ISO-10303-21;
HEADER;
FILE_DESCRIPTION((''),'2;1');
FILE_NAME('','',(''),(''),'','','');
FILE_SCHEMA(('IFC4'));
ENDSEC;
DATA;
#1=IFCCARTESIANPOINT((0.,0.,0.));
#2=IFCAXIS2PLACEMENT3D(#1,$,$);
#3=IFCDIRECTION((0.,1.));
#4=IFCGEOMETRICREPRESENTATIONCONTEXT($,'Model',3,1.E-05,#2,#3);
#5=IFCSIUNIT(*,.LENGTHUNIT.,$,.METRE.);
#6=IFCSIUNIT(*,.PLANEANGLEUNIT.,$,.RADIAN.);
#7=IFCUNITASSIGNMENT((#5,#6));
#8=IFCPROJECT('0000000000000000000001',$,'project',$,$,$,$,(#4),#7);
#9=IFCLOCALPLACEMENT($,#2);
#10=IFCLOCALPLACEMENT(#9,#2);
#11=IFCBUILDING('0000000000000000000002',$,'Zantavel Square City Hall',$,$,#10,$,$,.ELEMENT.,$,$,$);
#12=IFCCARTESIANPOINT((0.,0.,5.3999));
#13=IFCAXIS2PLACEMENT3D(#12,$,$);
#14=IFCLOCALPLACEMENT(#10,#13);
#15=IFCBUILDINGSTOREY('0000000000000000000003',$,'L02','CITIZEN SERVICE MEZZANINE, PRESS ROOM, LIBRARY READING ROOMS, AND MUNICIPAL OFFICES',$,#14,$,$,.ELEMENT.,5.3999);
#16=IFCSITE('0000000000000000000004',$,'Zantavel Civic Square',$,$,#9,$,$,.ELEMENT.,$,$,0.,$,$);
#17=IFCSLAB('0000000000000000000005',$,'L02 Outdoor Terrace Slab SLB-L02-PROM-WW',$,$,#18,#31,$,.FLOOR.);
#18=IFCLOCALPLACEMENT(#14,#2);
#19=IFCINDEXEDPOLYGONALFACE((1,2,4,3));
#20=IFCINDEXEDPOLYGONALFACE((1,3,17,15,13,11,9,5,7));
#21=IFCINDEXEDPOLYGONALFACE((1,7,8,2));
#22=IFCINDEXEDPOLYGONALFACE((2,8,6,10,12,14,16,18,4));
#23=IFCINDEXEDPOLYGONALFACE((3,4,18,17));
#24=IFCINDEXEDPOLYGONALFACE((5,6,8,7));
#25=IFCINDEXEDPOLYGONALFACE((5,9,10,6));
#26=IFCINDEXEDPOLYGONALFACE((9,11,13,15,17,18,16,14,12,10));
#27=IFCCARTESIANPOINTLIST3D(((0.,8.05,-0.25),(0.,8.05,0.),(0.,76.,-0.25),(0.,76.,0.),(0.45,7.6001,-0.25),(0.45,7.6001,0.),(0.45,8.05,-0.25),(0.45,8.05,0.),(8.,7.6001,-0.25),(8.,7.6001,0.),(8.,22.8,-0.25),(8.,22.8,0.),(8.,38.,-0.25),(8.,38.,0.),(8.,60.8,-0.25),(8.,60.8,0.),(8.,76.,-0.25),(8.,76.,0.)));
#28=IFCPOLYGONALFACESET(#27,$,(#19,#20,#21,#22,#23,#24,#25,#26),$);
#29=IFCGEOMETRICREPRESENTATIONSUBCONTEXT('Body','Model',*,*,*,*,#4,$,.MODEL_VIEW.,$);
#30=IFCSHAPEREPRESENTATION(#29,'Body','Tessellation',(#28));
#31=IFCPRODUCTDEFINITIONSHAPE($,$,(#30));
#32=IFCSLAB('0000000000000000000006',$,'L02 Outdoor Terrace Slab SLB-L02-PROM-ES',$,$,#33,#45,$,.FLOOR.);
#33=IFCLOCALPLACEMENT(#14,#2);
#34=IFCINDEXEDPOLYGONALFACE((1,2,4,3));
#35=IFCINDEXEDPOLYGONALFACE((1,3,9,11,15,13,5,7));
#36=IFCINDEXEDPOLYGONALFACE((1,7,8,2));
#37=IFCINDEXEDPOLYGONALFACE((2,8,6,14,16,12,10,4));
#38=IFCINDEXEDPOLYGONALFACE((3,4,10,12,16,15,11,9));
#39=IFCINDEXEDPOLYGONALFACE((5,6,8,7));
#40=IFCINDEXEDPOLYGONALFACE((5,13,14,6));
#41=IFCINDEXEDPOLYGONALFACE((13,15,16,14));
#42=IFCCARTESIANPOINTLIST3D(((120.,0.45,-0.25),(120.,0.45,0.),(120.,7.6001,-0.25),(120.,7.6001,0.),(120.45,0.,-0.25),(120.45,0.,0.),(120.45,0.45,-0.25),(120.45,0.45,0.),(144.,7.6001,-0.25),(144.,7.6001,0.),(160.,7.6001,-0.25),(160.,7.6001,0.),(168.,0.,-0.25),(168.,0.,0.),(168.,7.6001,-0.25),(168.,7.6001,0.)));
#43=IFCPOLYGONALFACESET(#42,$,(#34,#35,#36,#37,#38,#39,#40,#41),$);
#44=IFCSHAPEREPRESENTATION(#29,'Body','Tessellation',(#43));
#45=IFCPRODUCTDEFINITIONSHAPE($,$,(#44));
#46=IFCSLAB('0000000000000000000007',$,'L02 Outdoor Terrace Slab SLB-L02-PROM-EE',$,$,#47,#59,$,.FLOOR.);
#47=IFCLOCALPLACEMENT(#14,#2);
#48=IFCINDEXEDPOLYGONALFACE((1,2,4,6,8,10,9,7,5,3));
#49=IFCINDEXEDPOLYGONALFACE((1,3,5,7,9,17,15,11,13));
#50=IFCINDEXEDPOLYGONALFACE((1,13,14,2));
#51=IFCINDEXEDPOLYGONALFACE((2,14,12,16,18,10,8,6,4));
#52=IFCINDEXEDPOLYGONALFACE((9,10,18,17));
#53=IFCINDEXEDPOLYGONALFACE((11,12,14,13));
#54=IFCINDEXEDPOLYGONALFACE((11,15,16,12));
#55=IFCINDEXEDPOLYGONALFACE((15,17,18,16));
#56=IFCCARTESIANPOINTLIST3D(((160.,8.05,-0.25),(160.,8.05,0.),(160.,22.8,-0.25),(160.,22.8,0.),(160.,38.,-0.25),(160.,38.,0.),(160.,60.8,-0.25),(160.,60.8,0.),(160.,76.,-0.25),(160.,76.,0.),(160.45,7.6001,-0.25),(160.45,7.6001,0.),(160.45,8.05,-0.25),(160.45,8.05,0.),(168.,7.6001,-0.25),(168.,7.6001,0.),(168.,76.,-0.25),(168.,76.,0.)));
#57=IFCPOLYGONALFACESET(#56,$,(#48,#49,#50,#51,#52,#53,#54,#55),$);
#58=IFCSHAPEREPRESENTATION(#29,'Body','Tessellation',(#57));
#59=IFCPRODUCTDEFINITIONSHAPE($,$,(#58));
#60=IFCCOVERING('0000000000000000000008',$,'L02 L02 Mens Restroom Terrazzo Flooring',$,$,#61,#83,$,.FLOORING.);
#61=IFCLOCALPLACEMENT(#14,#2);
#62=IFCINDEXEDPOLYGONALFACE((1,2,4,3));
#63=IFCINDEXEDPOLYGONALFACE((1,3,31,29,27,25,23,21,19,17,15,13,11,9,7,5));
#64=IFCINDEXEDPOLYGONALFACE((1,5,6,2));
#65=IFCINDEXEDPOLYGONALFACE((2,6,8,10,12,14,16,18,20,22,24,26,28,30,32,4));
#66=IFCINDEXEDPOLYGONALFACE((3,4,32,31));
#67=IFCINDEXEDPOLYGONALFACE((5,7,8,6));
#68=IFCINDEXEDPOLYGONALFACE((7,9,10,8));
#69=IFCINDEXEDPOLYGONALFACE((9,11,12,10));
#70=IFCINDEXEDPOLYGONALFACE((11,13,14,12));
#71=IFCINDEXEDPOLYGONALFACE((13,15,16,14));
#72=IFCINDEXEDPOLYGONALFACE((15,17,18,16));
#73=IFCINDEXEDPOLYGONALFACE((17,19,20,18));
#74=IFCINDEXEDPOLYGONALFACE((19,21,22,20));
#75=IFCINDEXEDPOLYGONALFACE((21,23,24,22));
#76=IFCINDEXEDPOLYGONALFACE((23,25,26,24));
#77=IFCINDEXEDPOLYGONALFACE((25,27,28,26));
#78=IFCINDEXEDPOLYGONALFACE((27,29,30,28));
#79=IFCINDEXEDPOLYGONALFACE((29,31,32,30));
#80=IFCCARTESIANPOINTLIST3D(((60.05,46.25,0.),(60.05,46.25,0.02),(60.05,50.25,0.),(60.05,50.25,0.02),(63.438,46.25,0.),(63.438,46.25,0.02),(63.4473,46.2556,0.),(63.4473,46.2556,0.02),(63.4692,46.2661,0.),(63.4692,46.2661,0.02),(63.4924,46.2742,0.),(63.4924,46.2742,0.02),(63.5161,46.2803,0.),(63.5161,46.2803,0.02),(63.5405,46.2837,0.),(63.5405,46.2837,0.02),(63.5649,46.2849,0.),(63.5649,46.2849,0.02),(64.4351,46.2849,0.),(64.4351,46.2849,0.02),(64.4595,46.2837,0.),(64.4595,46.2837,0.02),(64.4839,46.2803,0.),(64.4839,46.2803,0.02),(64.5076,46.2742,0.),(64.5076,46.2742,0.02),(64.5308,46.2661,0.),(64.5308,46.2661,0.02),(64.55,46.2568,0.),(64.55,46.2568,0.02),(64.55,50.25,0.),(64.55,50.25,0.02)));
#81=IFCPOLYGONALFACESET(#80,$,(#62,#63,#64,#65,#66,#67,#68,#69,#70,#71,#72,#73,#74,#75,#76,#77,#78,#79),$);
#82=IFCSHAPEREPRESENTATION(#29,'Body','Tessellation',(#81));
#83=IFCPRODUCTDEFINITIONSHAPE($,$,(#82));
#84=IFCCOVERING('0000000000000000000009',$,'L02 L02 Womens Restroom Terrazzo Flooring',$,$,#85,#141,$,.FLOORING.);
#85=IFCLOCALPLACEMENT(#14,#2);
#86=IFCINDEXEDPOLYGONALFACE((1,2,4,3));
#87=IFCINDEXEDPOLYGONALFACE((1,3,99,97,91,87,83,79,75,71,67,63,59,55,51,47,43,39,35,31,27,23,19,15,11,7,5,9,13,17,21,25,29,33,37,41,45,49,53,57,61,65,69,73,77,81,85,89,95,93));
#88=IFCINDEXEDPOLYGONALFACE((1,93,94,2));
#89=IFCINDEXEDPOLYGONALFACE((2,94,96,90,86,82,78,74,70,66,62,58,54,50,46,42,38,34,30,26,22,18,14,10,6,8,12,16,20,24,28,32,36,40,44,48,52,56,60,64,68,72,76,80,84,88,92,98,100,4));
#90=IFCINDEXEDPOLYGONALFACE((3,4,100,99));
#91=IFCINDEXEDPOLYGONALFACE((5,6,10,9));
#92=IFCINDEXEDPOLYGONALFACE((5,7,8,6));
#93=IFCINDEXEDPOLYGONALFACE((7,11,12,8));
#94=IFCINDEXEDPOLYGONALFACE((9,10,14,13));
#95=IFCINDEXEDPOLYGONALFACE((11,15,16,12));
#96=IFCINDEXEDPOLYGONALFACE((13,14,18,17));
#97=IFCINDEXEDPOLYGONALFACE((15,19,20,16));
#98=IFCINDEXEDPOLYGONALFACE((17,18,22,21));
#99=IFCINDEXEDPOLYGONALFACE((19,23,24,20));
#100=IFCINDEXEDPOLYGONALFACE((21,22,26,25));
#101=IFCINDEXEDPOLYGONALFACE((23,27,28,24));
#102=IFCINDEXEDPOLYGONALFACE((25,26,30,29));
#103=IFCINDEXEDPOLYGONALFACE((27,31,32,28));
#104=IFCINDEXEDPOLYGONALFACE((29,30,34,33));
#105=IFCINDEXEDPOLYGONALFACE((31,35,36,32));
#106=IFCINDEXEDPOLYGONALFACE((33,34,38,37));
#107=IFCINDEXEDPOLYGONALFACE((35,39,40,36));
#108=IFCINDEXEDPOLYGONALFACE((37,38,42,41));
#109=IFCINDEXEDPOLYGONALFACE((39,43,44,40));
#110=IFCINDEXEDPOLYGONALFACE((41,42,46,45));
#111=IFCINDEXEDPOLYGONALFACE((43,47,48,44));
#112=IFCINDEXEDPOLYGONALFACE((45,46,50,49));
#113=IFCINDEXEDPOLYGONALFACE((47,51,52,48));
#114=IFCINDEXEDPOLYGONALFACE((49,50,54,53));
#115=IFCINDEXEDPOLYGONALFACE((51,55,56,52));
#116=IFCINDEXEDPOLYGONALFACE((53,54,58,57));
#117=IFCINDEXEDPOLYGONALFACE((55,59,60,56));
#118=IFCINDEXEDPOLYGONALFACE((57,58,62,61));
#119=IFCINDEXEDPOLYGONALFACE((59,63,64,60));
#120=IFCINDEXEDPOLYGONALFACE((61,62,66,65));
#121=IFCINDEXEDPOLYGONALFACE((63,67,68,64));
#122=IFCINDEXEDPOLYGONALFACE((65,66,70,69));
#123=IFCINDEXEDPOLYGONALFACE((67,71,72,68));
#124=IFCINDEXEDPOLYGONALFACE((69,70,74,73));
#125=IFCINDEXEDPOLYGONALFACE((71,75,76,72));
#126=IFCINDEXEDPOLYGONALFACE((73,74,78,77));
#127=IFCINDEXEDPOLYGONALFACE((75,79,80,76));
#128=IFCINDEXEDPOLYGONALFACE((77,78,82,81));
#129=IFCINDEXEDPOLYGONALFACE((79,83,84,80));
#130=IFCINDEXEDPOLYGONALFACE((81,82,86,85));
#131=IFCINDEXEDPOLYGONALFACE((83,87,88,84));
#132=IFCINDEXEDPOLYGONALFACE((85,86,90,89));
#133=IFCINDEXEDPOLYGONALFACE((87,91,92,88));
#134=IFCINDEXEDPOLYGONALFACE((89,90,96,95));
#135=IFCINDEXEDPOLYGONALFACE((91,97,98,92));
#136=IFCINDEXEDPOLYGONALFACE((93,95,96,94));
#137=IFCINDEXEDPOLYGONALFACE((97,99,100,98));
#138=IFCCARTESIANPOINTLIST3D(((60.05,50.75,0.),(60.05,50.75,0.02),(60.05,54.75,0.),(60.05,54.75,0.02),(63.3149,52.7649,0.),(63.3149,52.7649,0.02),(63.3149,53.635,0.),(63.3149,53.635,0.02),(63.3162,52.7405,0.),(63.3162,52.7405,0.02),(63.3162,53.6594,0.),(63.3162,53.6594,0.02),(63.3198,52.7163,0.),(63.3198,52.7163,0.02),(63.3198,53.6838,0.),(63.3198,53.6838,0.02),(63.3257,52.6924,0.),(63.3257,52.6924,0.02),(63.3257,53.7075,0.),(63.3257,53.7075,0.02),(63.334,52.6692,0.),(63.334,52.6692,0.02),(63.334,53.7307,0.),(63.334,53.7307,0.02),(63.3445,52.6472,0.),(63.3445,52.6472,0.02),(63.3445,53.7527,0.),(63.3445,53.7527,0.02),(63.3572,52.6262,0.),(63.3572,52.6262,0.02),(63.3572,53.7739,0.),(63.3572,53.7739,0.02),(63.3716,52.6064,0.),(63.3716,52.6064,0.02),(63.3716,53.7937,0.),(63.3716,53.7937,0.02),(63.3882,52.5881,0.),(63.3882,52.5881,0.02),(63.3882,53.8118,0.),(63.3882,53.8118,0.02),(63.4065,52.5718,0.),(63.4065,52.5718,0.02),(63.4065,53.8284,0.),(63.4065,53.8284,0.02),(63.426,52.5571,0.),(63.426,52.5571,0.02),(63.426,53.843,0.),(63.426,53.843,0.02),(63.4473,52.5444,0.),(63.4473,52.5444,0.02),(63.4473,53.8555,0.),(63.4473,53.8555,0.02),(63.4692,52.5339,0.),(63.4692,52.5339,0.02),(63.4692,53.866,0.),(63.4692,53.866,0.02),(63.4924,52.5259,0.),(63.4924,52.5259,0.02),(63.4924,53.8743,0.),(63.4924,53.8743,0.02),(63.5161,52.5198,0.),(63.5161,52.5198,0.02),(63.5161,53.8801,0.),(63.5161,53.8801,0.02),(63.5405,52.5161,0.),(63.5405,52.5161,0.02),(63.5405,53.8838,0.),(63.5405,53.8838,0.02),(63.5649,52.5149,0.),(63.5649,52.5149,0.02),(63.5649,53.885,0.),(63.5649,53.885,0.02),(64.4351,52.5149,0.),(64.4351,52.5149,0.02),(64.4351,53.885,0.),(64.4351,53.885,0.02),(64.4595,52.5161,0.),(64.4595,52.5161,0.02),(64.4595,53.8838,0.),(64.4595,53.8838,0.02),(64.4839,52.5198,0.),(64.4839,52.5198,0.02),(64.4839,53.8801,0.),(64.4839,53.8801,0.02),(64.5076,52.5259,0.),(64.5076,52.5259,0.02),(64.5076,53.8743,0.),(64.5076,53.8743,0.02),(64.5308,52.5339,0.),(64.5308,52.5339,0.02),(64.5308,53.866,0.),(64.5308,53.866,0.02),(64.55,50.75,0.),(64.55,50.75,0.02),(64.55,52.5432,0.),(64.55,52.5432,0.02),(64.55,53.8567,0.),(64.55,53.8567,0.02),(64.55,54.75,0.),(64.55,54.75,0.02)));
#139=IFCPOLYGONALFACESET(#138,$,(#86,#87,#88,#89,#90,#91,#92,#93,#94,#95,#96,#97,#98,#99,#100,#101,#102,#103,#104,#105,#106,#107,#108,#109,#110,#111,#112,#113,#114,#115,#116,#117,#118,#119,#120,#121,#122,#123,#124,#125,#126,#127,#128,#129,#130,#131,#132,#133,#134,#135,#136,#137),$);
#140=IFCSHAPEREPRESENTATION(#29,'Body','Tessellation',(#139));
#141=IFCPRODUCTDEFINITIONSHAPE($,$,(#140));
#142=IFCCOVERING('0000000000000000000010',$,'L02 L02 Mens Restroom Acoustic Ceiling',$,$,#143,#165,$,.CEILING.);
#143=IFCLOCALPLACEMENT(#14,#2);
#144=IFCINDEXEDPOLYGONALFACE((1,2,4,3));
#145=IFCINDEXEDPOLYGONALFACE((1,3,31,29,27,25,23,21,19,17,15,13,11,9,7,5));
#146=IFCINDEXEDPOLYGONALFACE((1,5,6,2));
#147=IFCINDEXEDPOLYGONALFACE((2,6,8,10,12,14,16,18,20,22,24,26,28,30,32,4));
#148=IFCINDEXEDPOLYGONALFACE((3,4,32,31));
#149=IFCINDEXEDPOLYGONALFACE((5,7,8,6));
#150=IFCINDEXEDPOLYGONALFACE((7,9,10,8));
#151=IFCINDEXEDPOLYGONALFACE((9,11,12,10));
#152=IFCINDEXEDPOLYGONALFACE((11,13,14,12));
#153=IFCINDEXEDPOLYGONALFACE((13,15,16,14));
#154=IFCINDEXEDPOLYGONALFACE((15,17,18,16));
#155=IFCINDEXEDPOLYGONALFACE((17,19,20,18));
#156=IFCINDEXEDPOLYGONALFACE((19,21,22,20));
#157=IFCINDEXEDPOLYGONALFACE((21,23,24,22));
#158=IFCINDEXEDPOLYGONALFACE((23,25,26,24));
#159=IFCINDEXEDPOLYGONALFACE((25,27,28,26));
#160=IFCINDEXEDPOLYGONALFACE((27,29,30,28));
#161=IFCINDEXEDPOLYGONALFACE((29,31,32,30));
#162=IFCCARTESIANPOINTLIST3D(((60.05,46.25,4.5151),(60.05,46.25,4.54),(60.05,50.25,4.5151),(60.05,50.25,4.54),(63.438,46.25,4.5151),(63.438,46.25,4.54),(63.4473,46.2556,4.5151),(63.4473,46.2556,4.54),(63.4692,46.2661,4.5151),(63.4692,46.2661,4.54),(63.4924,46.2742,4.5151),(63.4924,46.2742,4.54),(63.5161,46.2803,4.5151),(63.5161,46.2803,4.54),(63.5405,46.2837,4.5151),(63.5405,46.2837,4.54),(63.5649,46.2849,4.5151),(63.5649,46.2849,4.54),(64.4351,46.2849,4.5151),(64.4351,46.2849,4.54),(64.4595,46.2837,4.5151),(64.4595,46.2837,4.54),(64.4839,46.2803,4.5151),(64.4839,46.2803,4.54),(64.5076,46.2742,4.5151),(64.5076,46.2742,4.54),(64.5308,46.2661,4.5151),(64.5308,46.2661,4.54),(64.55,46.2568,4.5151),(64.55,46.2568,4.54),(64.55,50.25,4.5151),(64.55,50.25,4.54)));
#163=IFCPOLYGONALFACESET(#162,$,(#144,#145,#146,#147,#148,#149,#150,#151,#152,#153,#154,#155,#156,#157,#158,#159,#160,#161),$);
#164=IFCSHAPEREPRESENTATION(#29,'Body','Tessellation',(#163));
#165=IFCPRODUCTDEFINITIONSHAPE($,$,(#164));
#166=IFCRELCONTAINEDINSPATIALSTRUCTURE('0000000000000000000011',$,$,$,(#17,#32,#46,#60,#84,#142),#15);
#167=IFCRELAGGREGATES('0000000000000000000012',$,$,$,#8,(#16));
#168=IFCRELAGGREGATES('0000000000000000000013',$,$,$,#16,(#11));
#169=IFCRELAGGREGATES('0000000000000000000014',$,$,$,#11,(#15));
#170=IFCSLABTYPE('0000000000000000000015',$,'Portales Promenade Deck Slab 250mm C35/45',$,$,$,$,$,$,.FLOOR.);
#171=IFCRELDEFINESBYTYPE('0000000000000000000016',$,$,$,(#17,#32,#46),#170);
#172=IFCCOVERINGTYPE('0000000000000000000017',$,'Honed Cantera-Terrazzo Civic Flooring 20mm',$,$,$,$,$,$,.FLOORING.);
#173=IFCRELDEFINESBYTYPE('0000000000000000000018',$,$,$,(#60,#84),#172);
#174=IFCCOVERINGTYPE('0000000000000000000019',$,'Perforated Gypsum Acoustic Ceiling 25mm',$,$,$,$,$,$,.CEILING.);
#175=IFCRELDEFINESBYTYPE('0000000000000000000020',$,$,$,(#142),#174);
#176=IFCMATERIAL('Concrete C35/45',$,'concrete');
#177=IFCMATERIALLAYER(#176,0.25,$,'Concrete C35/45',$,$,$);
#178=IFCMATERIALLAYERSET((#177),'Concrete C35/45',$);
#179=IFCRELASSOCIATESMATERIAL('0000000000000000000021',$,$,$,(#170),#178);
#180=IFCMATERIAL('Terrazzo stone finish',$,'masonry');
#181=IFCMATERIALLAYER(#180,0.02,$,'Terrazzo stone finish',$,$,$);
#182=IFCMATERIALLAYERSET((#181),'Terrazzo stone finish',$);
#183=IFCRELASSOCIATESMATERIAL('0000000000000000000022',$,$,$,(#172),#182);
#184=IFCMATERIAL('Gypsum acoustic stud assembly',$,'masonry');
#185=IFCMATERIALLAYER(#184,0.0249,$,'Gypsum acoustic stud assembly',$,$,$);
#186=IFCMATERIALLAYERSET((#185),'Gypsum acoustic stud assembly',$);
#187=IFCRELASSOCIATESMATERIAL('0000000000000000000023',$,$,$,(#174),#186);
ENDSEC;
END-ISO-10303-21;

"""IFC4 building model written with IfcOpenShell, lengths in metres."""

from ifc_helpers import new_model, si_unit, direction, frame, origin, place, context, subcontext, project, spatial, polyline, outline, extrude, material, layer, layer_set, type_object, element, save


model = new_model("IFC4")

# Units and contexts
model_context = context("Model", 3, precision=1e-05, world=origin(), true_north=direction((0.0, 1.0)))
body_context = subcontext(model_context, "Body", "Model", "MODEL_VIEW")
ifc_project = project(units=[si_unit("LENGTHUNIT", "METRE"), si_unit("PLANEANGLEUNIT", "RADIAN")], contexts=[model_context])

# Site, building, storey
site_placement = place(None, origin())
site = spatial("IfcSite", under=ifc_project, at=site_placement, Name="Zantavel Civic Square", CompositionType="ELEMENT", RefElevation=0.0)
building_placement = place(site_placement, origin())
building = spatial("IfcBuilding", under=site, at=building_placement, Name="Zantavel Square City Hall", CompositionType="ELEMENT")
storey_placement = place(building_placement, frame((0.0, 0.0, 5.3999)))
storey = spatial("IfcBuildingStorey", under=building, at=storey_placement, Name="L02", Description="CITIZEN SERVICE MEZZANINE, PRESS ROOM, LIBRARY READING ROOMS, AND MUNICIPAL OFFICES", CompositionType="ELEMENT", Elevation=5.3999)

# Shared definitions
ifc_material_1 = material(Name="Concrete C35/45", Category="concrete")

# Slabs
ifc_layer_1 = layer(ifc_material_1, 0.25, Name="Concrete C35/45")
ifc_layer_set_1 = layer_set([ifc_layer_1], Name="Concrete C35/45")
slab_type_1 = type_object("IfcSlabType", Name="Portales Promenade Deck Slab 250mm C35/45", PredefinedType="FLOOR", material=ifc_layer_set_1)
slab_1_placement = place(storey_placement, frame((0.0, 0.0, -0.25)))
element("IfcSlab", 1, at=slab_1_placement, inside=storey, type_object=slab_type_1, Name="L02 Outdoor Terrace Slab SLB-L02-PROM-WW", PredefinedType="FLOOR", context=body_context, shape_type="SweptSolid", body=[
    extrude(outline(polyline([(0.45, 7.6001), (0.45, 8.05), (0.0, 8.05), (0.0, 76.0), (8.0, 76.0), (8.0, 60.8), (8.0, 38.0), (8.0, 22.8), (8.0, 7.6001), (0.45, 7.6001)])), origin(), (0.0, 0.0, 1.0), 0.25),
])
slab_2_placement = place(storey_placement, frame((0.0, 0.0, -0.25)))
element("IfcSlab", 2, at=slab_2_placement, inside=storey, type_object=slab_type_1, Name="L02 Outdoor Terrace Slab SLB-L02-PROM-ES", PredefinedType="FLOOR", context=body_context, shape_type="SweptSolid", body=[
    extrude(outline(polyline([(168.0, 0.0), (120.45, 0.0), (120.45, 0.45), (120.0, 0.45), (120.0, 7.6001), (144.0, 7.6001), (160.0, 7.6001), (168.0, 7.6001), (168.0, 0.0)])), origin(), (0.0, 0.0, 1.0), 0.25),
])
slab_3_placement = place(storey_placement, frame((0.0, 0.0, -0.25)))
element("IfcSlab", 3, at=slab_3_placement, inside=storey, type_object=slab_type_1, Name="L02 Outdoor Terrace Slab SLB-L02-PROM-EE", PredefinedType="FLOOR", context=body_context, shape_type="SweptSolid", body=[
    extrude(outline(polyline([(168.0, 7.6001), (160.45, 7.6001), (160.45, 8.05), (160.0, 8.05), (160.0, 22.8), (160.0, 38.0), (160.0, 60.8), (160.0, 76.0), (168.0, 76.0), (168.0, 7.6001)])), origin(), (0.0, 0.0, 1.0), 0.25),
])

# Coverings
ifc_material_2 = material(Name="Terrazzo stone finish", Category="masonry")
ifc_layer_2 = layer(ifc_material_2, 0.02, Name="Terrazzo stone finish")
ifc_layer_set_2 = layer_set([ifc_layer_2], Name="Terrazzo stone finish")
covering_type_1 = type_object("IfcCoveringType", Name="Honed Cantera-Terrazzo Civic Flooring 20mm", PredefinedType="FLOORING", material=ifc_layer_set_2)
covering_1_placement = place(storey_placement, origin())
element("IfcCovering", 4, at=covering_1_placement, inside=storey, type_object=covering_type_1, Name="L02 L02 Mens Restroom Terrazzo Flooring", PredefinedType="FLOORING", context=body_context, shape_type="SweptSolid", body=[
    extrude(outline(polyline([(60.05, 50.25), (64.55, 50.25), (64.55, 46.2568), (64.5308, 46.2661), (64.5076, 46.2742), (64.4839, 46.2803), (64.4595, 46.2837), (64.4351, 46.2849), (63.5649, 46.2849), (63.5405, 46.2837), (63.5161, 46.2803), (63.4924, 46.2742), (63.4692, 46.2661), (63.4473, 46.2556), (63.438, 46.25), (60.05, 46.25), (60.05, 50.25)])), origin(), (0.0, 0.0, 1.0), 0.02),
])
covering_2_placement = place(storey_placement, origin())
element("IfcCovering", 5, at=covering_2_placement, inside=storey, type_object=covering_type_1, Name="L02 L02 Womens Restroom Terrazzo Flooring", PredefinedType="FLOORING", context=body_context, shape_type="SweptSolid", body=[
    extrude(outline(polyline([(60.05, 54.75), (64.55, 54.75), (64.55, 53.8567), (64.5308, 53.866), (64.5076, 53.8743), (64.4839, 53.8801), (64.4595, 53.8838), (64.4351, 53.885), (63.5649, 53.885), (63.5405, 53.8838), (63.5161, 53.8801), (63.4924, 53.8743), (63.4692, 53.866), (63.4473, 53.8555), (63.426, 53.843), (63.4065, 53.8284), (63.3882, 53.8118), (63.3716, 53.7937), (63.3572, 53.7739), (63.3445, 53.7527), (63.334, 53.7307), (63.3257, 53.7075), (63.3198, 53.6838), (63.3162, 53.6594), (63.3149, 53.635), (63.3149, 52.7649), (63.3162, 52.7405), (63.3198, 52.7163), (63.3257, 52.6924), (63.334, 52.6692), (63.3445, 52.6472), (63.3572, 52.6262), (63.3716, 52.6064), (63.3882, 52.5881), (63.4065, 52.5718), (63.426, 52.5571), (63.4473, 52.5444), (63.4692, 52.5339), (63.4924, 52.5259), (63.5161, 52.5198), (63.5405, 52.5161), (63.5649, 52.5149), (64.4351, 52.5149), (64.4595, 52.5161), (64.4839, 52.5198), (64.5076, 52.5259), (64.5308, 52.5339), (64.55, 52.5432), (64.55, 50.75), (60.05, 50.75), (60.05, 54.75)])), origin(), (0.0, 0.0, 1.0), 0.02),
])
ifc_material_3 = material(Name="Gypsum acoustic stud assembly", Category="masonry")
ifc_layer_3 = layer(ifc_material_3, 0.0249, Name="Gypsum acoustic stud assembly")
ifc_layer_set_3 = layer_set([ifc_layer_3], Name="Gypsum acoustic stud assembly")
covering_type_2 = type_object("IfcCoveringType", Name="Perforated Gypsum Acoustic Ceiling 25mm", PredefinedType="CEILING", material=ifc_layer_set_3)
covering_3_placement = place(storey_placement, frame((0.0, 0.0, 4.5151)))
element("IfcCovering", 6, at=covering_3_placement, inside=storey, type_object=covering_type_2, Name="L02 L02 Mens Restroom Acoustic Ceiling", PredefinedType="CEILING", context=body_context, shape_type="SweptSolid", body=[
    extrude(outline(polyline([(60.05, 50.25), (64.55, 50.25), (64.55, 46.2568), (64.5308, 46.2661), (64.5076, 46.2742), (64.4839, 46.2803), (64.4595, 46.2837), (64.4351, 46.2849), (63.5649, 46.2849), (63.5405, 46.2837), (63.5161, 46.2803), (63.4924, 46.2742), (63.4692, 46.2661), (63.4473, 46.2556), (63.438, 46.25), (60.05, 46.25), (60.05, 50.25)])), origin(), (0.0, 0.0, 1.0), 0.0249),
])

save(model, "model.ifc")
